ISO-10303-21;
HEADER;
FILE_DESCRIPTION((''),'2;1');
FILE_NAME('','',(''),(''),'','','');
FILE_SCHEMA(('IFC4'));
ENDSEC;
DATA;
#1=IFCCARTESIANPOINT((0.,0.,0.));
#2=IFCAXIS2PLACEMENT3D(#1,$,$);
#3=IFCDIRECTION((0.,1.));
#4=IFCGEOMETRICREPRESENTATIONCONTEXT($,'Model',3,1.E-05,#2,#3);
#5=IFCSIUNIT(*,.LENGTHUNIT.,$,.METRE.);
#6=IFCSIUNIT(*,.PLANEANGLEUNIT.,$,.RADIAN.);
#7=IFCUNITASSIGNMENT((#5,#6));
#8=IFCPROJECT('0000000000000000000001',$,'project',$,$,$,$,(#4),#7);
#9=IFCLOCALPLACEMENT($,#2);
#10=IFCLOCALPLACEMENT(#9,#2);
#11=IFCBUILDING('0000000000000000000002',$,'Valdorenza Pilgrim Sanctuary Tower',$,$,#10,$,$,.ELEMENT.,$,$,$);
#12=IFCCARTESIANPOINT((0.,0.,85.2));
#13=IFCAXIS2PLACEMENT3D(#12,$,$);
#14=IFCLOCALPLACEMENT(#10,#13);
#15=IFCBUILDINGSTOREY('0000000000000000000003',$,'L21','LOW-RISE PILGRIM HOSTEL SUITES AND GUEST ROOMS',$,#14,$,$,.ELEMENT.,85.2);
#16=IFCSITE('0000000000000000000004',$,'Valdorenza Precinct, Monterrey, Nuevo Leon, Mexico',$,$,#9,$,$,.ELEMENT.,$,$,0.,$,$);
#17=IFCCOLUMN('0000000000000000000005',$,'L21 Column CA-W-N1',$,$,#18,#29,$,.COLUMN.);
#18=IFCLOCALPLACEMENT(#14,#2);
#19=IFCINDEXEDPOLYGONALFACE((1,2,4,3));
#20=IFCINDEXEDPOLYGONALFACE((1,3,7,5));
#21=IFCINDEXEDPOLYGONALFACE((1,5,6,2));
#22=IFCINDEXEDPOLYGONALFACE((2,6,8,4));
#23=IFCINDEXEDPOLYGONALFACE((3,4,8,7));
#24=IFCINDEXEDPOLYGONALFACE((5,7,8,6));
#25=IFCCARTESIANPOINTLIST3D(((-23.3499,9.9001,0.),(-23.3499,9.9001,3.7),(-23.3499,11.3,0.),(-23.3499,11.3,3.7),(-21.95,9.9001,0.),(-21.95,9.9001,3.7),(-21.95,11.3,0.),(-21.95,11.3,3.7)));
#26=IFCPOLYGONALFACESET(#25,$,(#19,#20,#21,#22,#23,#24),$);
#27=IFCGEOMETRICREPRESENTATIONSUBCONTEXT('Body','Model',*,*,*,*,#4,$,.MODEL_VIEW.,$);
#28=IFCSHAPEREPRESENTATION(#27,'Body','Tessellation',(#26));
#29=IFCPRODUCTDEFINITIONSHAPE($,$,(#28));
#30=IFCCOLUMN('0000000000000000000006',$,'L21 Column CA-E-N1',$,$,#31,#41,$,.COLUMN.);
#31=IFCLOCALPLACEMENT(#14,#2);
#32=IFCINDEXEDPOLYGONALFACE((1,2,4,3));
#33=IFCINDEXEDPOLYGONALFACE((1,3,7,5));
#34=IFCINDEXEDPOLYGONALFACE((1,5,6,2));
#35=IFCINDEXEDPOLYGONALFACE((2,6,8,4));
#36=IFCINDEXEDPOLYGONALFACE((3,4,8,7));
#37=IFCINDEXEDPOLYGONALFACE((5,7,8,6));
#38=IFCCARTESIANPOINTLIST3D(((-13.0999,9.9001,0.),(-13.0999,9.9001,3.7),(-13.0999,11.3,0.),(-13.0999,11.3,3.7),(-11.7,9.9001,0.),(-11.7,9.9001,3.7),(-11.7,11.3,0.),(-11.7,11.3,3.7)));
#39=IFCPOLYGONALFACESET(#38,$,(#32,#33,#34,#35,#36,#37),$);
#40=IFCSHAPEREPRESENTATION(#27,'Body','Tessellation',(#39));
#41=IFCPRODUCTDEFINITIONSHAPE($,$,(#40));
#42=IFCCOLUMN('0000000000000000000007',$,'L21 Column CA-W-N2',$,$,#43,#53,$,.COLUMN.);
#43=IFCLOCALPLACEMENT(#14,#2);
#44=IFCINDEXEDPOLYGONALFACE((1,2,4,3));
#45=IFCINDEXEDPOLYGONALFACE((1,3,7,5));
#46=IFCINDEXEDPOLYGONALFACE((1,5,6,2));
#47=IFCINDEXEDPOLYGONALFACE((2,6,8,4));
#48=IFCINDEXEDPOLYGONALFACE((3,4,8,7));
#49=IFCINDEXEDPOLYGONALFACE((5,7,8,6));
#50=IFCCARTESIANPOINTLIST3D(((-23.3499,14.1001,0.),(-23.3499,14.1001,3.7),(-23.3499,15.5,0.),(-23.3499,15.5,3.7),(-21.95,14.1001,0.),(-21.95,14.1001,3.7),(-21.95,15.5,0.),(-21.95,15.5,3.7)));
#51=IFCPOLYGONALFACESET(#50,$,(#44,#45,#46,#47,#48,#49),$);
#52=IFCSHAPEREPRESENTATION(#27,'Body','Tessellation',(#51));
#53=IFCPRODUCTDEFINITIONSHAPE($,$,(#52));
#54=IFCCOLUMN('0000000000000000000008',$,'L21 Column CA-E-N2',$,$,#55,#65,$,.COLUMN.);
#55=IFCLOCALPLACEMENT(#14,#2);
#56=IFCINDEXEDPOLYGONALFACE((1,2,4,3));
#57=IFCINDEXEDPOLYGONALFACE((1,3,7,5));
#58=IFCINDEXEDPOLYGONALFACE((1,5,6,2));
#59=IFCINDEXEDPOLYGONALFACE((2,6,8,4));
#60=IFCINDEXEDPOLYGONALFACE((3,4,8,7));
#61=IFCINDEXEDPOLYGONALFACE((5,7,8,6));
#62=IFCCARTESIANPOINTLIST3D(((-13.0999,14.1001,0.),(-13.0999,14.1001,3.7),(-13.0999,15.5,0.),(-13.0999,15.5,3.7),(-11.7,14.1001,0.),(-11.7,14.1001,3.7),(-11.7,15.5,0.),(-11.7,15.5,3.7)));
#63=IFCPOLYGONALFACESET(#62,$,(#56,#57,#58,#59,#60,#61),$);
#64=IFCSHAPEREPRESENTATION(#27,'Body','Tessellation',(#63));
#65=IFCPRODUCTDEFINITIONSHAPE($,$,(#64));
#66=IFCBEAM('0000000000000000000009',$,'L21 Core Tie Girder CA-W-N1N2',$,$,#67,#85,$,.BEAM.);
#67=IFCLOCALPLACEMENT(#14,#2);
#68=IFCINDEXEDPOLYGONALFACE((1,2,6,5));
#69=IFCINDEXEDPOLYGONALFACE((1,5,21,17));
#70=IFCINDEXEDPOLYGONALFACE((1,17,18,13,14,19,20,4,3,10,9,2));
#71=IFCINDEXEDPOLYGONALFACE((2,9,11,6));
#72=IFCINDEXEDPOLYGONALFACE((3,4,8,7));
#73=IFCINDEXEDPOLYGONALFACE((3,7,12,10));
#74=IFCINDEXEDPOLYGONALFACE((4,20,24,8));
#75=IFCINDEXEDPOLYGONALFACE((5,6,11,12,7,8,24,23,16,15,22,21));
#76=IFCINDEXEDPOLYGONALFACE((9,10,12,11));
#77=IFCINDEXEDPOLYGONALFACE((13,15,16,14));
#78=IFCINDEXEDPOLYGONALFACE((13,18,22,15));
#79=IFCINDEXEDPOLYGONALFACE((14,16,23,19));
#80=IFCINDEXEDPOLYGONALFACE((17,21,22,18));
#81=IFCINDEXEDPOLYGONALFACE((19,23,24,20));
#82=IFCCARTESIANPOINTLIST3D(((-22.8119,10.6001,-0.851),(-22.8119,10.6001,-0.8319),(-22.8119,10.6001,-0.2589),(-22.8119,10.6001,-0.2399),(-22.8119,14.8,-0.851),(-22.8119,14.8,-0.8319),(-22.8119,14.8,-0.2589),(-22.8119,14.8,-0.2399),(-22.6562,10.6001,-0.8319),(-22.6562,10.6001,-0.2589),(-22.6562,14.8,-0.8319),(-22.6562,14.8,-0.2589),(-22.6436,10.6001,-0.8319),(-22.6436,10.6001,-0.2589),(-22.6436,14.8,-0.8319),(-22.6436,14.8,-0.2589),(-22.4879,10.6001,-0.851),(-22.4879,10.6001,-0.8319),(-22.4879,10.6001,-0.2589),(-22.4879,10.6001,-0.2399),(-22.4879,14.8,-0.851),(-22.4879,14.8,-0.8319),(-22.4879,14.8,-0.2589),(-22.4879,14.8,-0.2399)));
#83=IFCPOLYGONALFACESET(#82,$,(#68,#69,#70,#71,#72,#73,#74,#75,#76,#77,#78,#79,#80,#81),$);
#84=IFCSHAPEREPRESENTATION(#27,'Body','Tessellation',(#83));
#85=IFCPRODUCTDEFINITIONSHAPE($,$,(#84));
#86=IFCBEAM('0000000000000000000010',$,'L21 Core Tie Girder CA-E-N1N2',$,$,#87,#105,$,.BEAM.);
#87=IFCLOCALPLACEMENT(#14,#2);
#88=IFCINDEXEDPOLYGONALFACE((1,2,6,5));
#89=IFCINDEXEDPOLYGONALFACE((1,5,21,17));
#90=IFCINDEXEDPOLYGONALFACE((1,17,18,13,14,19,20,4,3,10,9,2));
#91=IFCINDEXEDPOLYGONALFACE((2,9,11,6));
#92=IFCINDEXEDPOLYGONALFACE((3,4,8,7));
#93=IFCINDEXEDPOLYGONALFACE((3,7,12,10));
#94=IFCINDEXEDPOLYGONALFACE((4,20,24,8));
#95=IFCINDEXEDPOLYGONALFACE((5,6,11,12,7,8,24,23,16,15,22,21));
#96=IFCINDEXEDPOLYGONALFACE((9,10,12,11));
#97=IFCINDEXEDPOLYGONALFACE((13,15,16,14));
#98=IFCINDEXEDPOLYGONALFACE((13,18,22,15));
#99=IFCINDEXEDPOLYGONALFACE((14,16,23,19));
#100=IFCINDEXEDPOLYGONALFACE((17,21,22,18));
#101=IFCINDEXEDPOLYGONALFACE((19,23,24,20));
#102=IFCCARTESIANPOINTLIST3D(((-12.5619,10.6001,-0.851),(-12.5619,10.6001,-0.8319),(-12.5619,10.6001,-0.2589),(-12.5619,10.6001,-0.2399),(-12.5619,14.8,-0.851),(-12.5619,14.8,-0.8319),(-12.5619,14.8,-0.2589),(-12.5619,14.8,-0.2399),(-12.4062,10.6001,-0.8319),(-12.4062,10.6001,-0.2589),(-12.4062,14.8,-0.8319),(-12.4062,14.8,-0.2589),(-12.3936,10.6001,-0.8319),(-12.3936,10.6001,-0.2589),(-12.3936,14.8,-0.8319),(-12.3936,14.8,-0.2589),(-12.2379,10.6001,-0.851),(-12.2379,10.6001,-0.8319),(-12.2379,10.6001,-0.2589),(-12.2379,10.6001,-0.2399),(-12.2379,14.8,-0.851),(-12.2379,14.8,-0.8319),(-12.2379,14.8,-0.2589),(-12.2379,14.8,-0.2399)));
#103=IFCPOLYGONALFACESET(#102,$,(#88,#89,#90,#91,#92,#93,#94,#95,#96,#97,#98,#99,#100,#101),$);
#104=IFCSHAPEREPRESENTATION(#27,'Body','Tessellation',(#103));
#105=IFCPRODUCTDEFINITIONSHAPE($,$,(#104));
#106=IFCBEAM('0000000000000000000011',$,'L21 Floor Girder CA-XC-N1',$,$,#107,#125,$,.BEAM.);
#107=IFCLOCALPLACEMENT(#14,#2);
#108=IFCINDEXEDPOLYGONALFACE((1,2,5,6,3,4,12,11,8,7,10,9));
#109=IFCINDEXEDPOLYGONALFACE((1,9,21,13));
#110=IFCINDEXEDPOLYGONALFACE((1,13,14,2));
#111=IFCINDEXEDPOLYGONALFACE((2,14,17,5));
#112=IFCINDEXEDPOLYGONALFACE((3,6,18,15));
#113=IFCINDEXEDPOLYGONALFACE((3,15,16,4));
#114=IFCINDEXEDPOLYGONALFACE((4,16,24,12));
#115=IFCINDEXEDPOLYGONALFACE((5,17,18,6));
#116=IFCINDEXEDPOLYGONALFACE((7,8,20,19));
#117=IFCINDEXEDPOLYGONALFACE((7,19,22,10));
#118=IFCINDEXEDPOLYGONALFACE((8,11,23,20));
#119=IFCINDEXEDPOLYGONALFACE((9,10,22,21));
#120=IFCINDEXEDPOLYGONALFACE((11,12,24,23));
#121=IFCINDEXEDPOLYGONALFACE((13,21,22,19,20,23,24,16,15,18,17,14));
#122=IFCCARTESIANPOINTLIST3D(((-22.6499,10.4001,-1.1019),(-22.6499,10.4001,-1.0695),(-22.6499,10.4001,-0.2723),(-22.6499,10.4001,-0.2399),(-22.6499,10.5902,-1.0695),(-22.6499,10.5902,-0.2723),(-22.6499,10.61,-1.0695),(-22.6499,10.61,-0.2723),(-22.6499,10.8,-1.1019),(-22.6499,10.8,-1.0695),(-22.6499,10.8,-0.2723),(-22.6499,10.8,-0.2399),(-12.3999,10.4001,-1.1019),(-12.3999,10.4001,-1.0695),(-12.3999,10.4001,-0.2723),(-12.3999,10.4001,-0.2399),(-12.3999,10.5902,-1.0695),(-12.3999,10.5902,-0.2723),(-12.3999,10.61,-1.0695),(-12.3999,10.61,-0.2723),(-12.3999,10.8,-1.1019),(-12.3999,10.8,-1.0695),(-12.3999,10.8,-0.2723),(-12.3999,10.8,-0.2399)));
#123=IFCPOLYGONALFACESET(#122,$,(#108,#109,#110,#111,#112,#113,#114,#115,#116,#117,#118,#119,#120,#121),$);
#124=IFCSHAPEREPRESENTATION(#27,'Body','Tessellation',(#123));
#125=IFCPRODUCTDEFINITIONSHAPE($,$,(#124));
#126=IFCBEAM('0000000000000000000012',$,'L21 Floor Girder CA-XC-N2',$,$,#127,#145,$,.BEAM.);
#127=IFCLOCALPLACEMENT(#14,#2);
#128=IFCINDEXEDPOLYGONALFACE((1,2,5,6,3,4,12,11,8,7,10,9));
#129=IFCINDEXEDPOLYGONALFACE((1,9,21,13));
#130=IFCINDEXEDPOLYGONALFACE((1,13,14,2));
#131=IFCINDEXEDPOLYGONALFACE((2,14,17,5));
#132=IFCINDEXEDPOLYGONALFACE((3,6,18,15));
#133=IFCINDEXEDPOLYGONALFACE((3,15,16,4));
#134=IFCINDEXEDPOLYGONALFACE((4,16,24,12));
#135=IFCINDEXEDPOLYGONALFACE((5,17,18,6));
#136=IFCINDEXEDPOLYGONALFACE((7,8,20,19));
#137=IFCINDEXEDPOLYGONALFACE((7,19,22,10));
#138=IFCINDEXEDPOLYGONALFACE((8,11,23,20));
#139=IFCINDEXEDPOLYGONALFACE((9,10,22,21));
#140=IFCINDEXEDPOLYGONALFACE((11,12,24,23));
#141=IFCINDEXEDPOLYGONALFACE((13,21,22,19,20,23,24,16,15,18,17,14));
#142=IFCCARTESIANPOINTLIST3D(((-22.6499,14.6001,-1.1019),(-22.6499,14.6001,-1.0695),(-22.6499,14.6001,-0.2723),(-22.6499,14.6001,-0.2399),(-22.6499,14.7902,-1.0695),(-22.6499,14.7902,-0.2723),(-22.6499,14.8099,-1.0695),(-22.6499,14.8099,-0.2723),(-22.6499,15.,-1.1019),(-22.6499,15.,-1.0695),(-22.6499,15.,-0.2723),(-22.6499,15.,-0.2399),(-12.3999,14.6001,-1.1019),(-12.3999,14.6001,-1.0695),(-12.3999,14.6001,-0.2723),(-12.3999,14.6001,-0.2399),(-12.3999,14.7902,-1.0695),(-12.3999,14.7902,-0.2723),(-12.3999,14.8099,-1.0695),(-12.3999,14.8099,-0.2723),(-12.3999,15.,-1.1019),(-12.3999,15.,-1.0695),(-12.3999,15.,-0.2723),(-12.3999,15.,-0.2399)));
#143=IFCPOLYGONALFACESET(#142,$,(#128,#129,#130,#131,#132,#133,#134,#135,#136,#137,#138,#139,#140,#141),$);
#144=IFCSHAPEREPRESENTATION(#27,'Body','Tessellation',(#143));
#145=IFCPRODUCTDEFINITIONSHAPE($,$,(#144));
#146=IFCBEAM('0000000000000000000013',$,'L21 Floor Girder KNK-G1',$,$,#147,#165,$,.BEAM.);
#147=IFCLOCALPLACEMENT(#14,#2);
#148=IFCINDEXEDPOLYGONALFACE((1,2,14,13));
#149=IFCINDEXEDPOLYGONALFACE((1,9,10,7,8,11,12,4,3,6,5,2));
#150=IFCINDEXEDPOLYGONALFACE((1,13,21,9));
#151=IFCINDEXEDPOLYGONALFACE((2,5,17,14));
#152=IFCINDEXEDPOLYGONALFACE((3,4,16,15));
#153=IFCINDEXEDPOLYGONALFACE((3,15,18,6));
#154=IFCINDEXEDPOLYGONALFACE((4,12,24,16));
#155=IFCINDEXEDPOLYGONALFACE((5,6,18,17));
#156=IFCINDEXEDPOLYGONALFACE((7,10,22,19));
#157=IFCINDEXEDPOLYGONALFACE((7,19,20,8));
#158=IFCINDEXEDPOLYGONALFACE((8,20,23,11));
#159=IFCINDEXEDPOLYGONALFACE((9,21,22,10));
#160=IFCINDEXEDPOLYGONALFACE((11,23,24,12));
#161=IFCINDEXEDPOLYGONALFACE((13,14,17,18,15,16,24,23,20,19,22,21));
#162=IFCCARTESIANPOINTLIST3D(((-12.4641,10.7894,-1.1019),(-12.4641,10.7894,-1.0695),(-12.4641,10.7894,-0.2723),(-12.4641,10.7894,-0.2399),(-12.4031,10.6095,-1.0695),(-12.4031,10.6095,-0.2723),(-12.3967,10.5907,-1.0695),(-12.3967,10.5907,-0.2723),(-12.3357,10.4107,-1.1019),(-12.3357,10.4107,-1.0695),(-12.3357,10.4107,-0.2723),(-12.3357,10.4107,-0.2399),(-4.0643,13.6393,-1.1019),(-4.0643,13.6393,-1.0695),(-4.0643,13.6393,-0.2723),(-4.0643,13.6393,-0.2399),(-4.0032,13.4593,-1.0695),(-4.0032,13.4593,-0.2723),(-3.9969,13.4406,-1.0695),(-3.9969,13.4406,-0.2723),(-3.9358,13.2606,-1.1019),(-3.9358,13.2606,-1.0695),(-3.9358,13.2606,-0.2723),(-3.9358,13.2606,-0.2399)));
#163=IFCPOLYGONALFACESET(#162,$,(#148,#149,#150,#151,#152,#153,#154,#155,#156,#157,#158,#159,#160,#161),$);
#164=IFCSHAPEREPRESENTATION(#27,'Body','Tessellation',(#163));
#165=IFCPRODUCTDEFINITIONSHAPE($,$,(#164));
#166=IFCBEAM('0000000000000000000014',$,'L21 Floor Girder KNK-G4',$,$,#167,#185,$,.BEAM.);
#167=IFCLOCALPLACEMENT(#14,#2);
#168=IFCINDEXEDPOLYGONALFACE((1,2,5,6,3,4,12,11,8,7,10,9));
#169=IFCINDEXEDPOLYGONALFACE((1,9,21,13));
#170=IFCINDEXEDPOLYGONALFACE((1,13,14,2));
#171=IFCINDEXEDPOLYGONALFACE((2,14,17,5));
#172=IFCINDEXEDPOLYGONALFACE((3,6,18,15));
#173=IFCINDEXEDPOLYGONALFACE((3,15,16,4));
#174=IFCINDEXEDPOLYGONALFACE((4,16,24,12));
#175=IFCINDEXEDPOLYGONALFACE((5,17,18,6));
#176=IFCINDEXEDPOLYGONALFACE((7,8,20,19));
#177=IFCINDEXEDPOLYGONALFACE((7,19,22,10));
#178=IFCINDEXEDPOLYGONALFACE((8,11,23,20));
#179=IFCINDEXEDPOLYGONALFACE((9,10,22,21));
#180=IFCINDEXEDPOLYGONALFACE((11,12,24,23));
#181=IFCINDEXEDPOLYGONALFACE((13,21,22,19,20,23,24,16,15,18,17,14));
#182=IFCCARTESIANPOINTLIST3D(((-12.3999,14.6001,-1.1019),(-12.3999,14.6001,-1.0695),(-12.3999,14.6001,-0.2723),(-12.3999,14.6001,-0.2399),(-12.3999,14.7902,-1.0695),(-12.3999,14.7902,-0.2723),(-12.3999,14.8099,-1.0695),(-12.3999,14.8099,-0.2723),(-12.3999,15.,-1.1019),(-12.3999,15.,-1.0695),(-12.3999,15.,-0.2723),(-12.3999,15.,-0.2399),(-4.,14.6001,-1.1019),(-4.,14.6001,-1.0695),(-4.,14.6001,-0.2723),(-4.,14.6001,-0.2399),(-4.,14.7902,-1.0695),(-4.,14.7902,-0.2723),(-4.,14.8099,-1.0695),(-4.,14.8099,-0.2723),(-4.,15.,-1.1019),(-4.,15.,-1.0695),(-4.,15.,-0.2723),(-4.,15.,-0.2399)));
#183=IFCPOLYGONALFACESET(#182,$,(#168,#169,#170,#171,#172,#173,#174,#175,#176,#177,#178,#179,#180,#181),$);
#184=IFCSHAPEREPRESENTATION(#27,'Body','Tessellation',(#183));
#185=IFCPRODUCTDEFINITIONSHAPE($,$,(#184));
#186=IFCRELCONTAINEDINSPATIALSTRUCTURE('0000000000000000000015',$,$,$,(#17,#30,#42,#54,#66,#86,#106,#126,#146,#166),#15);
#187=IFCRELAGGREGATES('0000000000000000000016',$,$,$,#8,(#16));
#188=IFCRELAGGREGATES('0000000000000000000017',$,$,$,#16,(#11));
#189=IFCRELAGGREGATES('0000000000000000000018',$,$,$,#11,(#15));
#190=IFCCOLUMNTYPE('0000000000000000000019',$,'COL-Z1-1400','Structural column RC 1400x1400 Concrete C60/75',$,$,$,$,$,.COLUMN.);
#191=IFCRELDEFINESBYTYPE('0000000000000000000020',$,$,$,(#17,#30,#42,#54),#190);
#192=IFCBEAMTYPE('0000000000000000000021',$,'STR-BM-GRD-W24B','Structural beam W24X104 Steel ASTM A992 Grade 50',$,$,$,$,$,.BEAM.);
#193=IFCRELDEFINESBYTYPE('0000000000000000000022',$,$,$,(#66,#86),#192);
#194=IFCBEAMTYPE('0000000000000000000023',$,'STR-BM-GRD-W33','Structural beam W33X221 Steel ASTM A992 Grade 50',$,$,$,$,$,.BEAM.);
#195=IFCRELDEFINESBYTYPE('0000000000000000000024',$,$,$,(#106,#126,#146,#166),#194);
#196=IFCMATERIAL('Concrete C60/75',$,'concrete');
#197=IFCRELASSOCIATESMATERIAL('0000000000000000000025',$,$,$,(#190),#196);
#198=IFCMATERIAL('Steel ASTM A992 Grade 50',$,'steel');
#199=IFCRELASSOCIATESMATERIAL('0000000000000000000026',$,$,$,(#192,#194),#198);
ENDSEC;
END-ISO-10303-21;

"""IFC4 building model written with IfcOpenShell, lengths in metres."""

from ifc_helpers import new_model, si_unit, direction, frame, origin, origin_2d, place, context, subcontext, project, spatial, rectangle, i_section, extrude, source, transform, mapped, material, material_profile, profile_set, type_object, element, save


model = new_model("IFC4")

# Units and contexts
model_context = context("Model", 3, precision=1e-05, world=origin(), true_north=direction((0.0, 1.0)))
body_context = subcontext(model_context, "Body", "Model", "MODEL_VIEW")
ifc_project = project(units=[si_unit("LENGTHUNIT", "METRE"), si_unit("PLANEANGLEUNIT", "RADIAN")], contexts=[model_context])

# Site, building, storey
site_placement = place(None, origin())
site = spatial("IfcSite", under=ifc_project, at=site_placement, Name="Valdorenza Precinct, Monterrey, Nuevo Leon, Mexico", CompositionType="ELEMENT", RefElevation=0.0)
building_placement = place(site_placement, origin())
building = spatial("IfcBuilding", under=site, at=building_placement, Name="Valdorenza Pilgrim Sanctuary Tower", CompositionType="ELEMENT")
storey_placement = place(building_placement, frame((0.0, 0.0, 85.2)))
storey = spatial("IfcBuildingStorey", under=building, at=storey_placement, Name="L21", Description="LOW-RISE PILGRIM HOSTEL SUITES AND GUEST ROOMS", CompositionType="ELEMENT", Elevation=85.2)

# Columns
ifc_material_1 = material(Name="Concrete C60/75", Category="concrete")
ifc_material_profile_1 = material_profile(ifc_material_1, rectangle(XDim=1.3999, YDim=1.3999, at=origin_2d()), Name="RC 1400x1400")
ifc_profile_set_1 = profile_set([ifc_material_profile_1], Name="Concrete C60/75")
column_type = type_object("IfcColumnType", Name="COL-Z1-1400", Description="Structural column RC 1400x1400 Concrete C60/75", PredefinedType="COLUMN", material=ifc_profile_set_1)
shared_shape_1 = source(origin(), body_context, "Body", "SweptSolid", [
    extrude(rectangle(XDim=1.3999, YDim=1.3999, at=origin_2d()), origin(), (0.0, 0.0, 1.0), 3.7),
])
for number, where, z_axis, x_axis, name in (
    (1, (-22.6499, 10.6001, 0.0), (0.0, 0.0, 1.0), (1.0, 0.0, 0.0), "L21 Column CA-W-N1"),
    (2, (-12.3999, 10.6001, 0.0), (0.0, 0.0, 1.0), (1.0, 0.0, 0.0), "L21 Column CA-E-N1"),
    (3, (-22.6499, 14.8, 0.0), (0.0, 0.0, 1.0), (1.0, 0.0, 0.0), "L21 Column CA-W-N2"),
    (4, (-12.3999, 14.8, 0.0), (0.0, 0.0, 1.0), (1.0, 0.0, 0.0), "L21 Column CA-E-N2"),
):
    element("IfcColumn", number, at=place(storey_placement, frame(where, z_axis=z_axis, x_axis=x_axis)), inside=storey, type_object=column_type, Name=name, PredefinedType="COLUMN", context=body_context, shape_type="MappedRepresentation", body=[
        mapped(shared_shape_1, transform((0.0, 0.0, 0.0), x_axis=(1.0, 0.0, 0.0), y_axis=(0.0, 1.0, 0.0), z_axis=(0.0, 0.0, 1.0), scale=1.0)),
    ])

# Beams
ifc_material_2 = material(Name="Steel ASTM A992 Grade 50", Category="steel")
ifc_material_profile_2 = material_profile(ifc_material_2, i_section(OverallWidth=0.324, OverallDepth=0.6111, WebThickness=0.0127, FlangeThickness=0.019, at=origin_2d()), Name="W24X104")
ifc_profile_set_2 = profile_set([ifc_material_profile_2], Name="Steel ASTM A992 Grade 50")
beam_type_1 = type_object("IfcBeamType", Name="STR-BM-GRD-W24B", Description="Structural beam W24X104 Steel ASTM A992 Grade 50", PredefinedType="BEAM", material=ifc_profile_set_2)
shared_shape_2 = source(origin(), body_context, "Body", "SweptSolid", [
    extrude(i_section(OverallWidth=0.324, OverallDepth=0.6111, WebThickness=0.0127, FlangeThickness=0.019, at=origin_2d()), origin(), (0.0, 0.0, 1.0), 4.2),
])
for number, where, z_axis, x_axis, name in (
    (5, (-22.6499, 10.6001, -0.5454), (0.0, 1.0, 0.0), (-1.0, 0.0, 0.0), "L21 Core Tie Girder CA-W-N1N2"),
    (6, (-12.3999, 10.6001, -0.5454), (0.0, 1.0, 0.0), (-1.0, 0.0, 0.0), "L21 Core Tie Girder CA-E-N1N2"),
):
    element("IfcBeam", number, at=place(storey_placement, frame(where, z_axis=z_axis, x_axis=x_axis)), inside=storey, type_object=beam_type_1, Name=name, PredefinedType="BEAM", context=body_context, shape_type="MappedRepresentation", body=[
        mapped(shared_shape_2, transform((0.0, 0.0, 0.0), x_axis=(1.0, 0.0, 0.0), y_axis=(0.0, 1.0, 0.0), z_axis=(0.0, 0.0, 1.0), scale=1.0)),
    ])
ifc_material_profile_3 = material_profile(ifc_material_2, i_section(OverallWidth=0.3999, OverallDepth=0.8621, WebThickness=0.0198, FlangeThickness=0.0325, at=origin_2d()), Name="W33X221")
ifc_profile_set_3 = profile_set([ifc_material_profile_3], Name="Steel ASTM A992 Grade 50")
beam_type_2 = type_object("IfcBeamType", Name="STR-BM-GRD-W33", Description="Structural beam W33X221 Steel ASTM A992 Grade 50", PredefinedType="BEAM", material=ifc_profile_set_3)
shared_shape_3 = source(origin(), body_context, "Body", "SweptSolid", [
    extrude(i_section(OverallWidth=0.3999, OverallDepth=0.8621, WebThickness=0.0198, FlangeThickness=0.0325, at=origin_2d()), origin(), (0.0, 0.0, 1.0), 10.25),
])
for number, where, z_axis, x_axis, name in (
    (7, (-22.6499, 10.6001, -0.6709), (1.0, 0.0, 0.0), (0.0, 1.0, 0.0), "L21 Floor Girder CA-XC-N1"),
    (8, (-22.6499, 14.8, -0.6709), (1.0, 0.0, 0.0), (0.0, 1.0, 0.0), "L21 Floor Girder CA-XC-N2"),
):
    element("IfcBeam", number, at=place(storey_placement, frame(where, z_axis=z_axis, x_axis=x_axis)), inside=storey, type_object=beam_type_2, Name=name, PredefinedType="BEAM", context=body_context, shape_type="MappedRepresentation", body=[
        mapped(shared_shape_3, transform((0.0, 0.0, 0.0), x_axis=(1.0, 0.0, 0.0), y_axis=(0.0, 1.0, 0.0), z_axis=(0.0, 0.0, 1.0), scale=1.0)),
    ])
shared_shape_4 = source(origin(), body_context, "Body", "SweptSolid", [
    extrude(i_section(OverallWidth=0.3999, OverallDepth=0.8621, WebThickness=0.0198, FlangeThickness=0.0325, at=origin_2d()), origin(), (0.0, 0.0, 1.0), 8.8701),
])
beam_1_placement = place(storey_placement, frame((-12.3999, 10.6001, -0.6709), z_axis=(0.946983, 0.321285, 0.0), x_axis=(-0.321285, 0.946983, 0.0)))
element("IfcBeam", 9, at=beam_1_placement, inside=storey, type_object=beam_type_2, Name="L21 Floor Girder KNK-G1", PredefinedType="BEAM", context=body_context, shape_type="MappedRepresentation", body=[
    mapped(shared_shape_4, transform((0.0, 0.0, 0.0), x_axis=(1.0, 0.0, 0.0), y_axis=(0.0, 1.0, 0.0), z_axis=(0.0, 0.0, 1.0), scale=1.0)),
])
shared_shape_5 = source(origin(), body_context, "Body", "SweptSolid", [
    extrude(i_section(OverallWidth=0.3999, OverallDepth=0.8621, WebThickness=0.0198, FlangeThickness=0.0325, at=origin_2d()), origin(), (0.0, 0.0, 1.0), 8.3999),
])
beam_2_placement = place(storey_placement, frame((-12.3999, 14.8, -0.6709), z_axis=(1.0, 0.0, 0.0), x_axis=(0.0, 1.0, 0.0)))
element("IfcBeam", 10, at=beam_2_placement, inside=storey, type_object=beam_type_2, Name="L21 Floor Girder KNK-G4", PredefinedType="BEAM", context=body_context, shape_type="MappedRepresentation", body=[
    mapped(shared_shape_5, transform((0.0, 0.0, 0.0), x_axis=(1.0, 0.0, 0.0), y_axis=(0.0, 1.0, 0.0), z_axis=(0.0, 0.0, 1.0), scale=1.0)),
])

save(model, "model.ifc")
